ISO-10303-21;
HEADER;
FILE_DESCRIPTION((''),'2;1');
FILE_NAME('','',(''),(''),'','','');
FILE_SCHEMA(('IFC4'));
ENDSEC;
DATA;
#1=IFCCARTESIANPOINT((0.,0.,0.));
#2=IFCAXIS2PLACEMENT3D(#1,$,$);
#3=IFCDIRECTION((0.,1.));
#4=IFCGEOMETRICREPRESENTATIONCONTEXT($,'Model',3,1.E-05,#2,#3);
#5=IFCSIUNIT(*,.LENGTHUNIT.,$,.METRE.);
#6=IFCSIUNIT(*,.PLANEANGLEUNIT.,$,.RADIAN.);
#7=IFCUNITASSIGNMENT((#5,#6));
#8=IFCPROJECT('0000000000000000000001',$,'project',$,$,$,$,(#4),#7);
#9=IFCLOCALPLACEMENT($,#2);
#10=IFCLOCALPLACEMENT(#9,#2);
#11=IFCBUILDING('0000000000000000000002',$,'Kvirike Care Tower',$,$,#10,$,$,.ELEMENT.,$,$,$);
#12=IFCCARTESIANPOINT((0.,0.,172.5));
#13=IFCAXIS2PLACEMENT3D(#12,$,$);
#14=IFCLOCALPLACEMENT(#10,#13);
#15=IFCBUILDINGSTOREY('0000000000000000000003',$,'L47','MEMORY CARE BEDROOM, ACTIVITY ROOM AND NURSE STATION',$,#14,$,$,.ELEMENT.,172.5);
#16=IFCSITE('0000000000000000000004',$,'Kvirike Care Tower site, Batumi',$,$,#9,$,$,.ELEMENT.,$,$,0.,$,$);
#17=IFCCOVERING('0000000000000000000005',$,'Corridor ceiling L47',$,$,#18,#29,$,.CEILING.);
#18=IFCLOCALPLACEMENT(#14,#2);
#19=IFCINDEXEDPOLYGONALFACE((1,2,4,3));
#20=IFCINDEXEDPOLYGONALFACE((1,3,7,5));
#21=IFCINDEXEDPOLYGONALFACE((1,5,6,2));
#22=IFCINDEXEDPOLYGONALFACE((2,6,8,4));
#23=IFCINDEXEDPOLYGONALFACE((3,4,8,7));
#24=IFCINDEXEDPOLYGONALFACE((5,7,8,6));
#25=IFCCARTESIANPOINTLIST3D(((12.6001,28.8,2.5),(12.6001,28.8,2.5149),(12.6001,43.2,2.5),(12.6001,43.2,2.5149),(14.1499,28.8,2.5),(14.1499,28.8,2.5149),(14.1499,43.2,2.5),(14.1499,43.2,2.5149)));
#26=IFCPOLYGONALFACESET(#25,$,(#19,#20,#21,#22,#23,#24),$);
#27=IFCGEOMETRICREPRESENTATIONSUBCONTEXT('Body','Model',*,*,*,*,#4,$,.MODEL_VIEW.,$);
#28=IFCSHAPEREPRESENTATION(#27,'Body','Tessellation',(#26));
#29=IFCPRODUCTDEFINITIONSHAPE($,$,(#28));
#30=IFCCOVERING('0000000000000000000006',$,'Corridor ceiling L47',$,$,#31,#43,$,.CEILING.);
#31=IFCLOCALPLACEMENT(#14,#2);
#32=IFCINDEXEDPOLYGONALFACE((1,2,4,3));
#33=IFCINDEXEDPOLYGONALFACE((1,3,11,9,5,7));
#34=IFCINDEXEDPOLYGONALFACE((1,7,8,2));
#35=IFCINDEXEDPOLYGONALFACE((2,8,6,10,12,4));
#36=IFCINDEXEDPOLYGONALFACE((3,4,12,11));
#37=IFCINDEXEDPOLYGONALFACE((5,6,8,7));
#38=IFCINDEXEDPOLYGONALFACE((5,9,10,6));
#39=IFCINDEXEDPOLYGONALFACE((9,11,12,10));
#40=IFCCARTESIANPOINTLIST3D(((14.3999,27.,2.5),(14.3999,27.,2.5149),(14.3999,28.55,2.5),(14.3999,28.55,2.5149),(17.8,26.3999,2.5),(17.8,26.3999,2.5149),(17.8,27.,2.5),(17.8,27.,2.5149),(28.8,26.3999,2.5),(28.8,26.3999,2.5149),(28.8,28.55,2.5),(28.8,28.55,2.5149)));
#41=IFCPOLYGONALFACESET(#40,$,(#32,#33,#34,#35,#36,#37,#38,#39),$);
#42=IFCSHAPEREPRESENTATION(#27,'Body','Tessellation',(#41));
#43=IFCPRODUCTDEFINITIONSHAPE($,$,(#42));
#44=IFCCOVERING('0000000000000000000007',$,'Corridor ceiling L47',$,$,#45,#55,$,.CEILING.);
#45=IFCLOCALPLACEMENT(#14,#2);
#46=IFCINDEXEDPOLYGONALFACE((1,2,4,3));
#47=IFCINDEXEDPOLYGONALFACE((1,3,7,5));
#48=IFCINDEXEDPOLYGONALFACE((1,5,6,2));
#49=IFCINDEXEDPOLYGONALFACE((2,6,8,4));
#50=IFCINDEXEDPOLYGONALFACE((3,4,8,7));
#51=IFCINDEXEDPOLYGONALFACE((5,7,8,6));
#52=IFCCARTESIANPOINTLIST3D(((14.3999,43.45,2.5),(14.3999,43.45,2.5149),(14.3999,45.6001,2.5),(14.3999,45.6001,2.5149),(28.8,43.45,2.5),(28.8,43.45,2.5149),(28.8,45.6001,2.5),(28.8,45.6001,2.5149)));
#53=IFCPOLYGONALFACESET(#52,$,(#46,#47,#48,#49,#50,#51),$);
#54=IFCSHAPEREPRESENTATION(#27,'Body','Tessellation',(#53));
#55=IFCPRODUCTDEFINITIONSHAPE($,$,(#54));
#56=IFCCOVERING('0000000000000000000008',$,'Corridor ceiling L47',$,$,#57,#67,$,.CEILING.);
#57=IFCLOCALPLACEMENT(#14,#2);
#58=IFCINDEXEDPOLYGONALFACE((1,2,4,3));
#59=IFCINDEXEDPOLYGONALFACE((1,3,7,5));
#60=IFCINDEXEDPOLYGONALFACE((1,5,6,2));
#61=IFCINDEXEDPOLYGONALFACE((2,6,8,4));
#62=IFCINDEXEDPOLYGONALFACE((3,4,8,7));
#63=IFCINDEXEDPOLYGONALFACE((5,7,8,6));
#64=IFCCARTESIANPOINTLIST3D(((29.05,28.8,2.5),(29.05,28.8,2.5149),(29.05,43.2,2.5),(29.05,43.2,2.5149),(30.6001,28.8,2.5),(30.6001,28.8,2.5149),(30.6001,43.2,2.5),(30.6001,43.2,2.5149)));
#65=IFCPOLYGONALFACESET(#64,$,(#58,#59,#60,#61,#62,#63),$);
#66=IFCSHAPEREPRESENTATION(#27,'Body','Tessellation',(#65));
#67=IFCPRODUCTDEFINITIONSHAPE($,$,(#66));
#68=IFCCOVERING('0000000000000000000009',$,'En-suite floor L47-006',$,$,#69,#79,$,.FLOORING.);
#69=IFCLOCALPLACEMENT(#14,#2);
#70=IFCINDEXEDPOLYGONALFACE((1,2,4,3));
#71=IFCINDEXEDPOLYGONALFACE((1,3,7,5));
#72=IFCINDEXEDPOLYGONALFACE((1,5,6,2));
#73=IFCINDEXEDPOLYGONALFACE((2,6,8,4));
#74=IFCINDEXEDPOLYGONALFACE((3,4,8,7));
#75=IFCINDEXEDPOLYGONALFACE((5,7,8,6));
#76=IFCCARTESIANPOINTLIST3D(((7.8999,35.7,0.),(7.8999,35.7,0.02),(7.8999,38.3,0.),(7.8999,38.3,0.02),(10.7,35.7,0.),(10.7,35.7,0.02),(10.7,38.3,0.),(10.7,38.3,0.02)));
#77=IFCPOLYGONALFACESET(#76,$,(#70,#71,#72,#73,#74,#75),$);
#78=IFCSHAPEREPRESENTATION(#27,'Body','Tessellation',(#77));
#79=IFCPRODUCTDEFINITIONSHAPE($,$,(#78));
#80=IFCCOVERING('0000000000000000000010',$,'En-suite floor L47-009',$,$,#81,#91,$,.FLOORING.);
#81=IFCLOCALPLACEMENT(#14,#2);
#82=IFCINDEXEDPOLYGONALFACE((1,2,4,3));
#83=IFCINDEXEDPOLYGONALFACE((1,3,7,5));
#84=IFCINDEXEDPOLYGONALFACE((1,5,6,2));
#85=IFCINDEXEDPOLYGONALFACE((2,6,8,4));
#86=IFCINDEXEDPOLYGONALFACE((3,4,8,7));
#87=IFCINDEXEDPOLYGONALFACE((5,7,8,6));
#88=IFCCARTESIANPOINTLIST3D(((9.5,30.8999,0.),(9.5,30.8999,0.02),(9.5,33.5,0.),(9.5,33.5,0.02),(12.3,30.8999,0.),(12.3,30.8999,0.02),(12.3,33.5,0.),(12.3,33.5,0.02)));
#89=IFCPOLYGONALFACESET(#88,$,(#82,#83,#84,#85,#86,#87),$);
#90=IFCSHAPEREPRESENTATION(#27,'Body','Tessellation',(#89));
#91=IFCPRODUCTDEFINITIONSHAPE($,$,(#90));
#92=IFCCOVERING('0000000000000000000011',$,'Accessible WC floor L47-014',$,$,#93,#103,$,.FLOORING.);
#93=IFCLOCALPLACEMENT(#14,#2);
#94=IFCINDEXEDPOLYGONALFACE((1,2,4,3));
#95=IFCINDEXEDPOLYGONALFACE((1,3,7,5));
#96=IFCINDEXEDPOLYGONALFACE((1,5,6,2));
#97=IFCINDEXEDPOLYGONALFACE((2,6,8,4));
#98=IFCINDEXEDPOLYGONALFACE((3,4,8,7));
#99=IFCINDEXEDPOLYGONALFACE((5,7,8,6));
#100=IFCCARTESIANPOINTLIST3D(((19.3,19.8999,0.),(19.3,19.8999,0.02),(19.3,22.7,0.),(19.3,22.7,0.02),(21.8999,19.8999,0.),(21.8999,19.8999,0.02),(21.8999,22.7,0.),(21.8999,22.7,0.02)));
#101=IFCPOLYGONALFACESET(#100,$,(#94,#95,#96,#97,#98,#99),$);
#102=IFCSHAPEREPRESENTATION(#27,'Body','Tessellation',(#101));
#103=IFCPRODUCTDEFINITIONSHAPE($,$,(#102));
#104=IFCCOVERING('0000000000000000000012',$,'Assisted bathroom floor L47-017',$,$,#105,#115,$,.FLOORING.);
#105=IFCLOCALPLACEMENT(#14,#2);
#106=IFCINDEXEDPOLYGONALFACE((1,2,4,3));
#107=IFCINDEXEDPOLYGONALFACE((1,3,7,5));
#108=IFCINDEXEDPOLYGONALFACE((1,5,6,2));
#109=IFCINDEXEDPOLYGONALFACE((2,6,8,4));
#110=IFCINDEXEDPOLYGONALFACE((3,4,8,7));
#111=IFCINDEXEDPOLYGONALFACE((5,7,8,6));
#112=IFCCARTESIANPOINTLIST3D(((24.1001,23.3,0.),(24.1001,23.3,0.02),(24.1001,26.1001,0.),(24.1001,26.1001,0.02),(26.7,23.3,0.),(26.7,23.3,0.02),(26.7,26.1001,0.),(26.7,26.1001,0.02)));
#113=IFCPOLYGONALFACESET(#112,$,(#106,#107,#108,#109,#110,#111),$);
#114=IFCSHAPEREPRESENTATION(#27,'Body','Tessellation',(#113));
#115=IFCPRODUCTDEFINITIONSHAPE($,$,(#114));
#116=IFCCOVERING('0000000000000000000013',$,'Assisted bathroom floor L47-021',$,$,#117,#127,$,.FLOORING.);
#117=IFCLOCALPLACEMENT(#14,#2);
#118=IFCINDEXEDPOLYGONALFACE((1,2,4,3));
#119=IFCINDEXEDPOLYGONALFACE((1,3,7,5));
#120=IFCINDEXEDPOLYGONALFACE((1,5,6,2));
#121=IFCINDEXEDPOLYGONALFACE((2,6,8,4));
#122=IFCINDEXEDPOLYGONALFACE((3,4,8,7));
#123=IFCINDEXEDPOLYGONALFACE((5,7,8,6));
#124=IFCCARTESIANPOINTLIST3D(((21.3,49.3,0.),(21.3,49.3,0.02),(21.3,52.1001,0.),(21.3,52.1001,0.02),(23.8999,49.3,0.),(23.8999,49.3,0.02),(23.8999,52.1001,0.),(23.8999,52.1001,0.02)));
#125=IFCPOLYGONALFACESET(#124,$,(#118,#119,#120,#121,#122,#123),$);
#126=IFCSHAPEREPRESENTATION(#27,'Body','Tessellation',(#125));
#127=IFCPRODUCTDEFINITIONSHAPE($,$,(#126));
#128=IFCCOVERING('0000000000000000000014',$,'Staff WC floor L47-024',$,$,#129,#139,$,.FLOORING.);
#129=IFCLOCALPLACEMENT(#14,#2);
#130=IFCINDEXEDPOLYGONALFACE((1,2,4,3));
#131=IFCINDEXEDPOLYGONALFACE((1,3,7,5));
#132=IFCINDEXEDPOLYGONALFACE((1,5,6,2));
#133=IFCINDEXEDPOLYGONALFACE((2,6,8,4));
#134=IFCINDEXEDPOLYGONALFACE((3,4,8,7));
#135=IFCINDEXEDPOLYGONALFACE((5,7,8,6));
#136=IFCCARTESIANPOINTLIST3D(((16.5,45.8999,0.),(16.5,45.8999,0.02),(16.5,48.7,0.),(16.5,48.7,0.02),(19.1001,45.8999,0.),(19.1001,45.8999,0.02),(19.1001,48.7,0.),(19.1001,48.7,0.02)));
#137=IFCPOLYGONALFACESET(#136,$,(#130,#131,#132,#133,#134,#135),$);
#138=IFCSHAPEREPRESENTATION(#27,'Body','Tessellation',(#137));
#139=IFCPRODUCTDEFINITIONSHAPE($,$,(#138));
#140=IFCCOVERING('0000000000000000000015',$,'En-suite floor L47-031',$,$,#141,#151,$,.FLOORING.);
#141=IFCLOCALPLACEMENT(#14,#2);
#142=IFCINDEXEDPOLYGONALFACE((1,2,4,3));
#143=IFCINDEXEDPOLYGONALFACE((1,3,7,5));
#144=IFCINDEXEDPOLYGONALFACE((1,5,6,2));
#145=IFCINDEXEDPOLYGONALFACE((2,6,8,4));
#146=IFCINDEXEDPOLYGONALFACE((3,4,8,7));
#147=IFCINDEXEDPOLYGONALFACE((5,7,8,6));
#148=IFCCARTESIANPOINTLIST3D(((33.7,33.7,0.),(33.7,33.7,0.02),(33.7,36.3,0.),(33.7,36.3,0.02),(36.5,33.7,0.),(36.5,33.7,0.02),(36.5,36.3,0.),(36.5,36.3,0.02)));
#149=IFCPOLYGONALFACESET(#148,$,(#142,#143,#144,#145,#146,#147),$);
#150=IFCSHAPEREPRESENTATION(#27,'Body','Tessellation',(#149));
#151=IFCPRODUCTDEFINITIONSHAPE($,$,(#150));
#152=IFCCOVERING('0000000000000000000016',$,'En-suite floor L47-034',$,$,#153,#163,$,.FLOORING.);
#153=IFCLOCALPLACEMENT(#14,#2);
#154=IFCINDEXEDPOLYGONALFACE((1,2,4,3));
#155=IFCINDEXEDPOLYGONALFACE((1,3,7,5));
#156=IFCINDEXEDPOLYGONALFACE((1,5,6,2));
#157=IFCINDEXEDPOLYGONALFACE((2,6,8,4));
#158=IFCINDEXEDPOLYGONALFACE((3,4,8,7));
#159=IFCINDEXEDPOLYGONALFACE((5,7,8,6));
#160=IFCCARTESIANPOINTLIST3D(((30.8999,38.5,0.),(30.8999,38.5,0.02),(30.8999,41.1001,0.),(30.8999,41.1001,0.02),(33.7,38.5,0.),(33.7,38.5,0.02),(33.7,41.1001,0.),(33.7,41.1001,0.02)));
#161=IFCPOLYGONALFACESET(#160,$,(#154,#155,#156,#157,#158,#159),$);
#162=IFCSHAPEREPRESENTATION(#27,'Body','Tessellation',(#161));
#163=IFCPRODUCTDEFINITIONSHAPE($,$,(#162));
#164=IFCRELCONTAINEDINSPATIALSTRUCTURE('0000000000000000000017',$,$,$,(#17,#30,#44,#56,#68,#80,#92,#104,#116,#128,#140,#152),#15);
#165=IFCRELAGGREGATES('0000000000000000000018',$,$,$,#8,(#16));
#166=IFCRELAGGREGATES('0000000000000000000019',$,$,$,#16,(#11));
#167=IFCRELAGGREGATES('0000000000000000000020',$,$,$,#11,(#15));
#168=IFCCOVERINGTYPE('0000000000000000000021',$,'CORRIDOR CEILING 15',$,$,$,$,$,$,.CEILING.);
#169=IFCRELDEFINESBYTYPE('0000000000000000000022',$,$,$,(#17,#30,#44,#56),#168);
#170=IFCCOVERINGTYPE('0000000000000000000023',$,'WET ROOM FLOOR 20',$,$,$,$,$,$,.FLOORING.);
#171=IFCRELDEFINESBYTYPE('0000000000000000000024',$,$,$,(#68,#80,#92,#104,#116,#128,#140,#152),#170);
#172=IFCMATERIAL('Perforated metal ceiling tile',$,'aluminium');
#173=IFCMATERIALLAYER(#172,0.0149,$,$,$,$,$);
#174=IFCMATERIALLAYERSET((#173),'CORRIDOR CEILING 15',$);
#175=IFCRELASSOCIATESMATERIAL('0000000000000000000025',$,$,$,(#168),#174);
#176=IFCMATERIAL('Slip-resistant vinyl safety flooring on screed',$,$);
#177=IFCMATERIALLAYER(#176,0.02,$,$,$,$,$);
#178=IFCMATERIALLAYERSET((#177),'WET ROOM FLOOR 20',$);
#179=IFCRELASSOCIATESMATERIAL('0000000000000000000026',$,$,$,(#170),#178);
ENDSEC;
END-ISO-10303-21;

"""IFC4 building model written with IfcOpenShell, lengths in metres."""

from ifc_helpers import new_model, si_unit, direction, frame, origin, place, context, subcontext, project, spatial, polyline, outline, extrude, material, layer, layer_set, type_object, element, save


model = new_model("IFC4")

# Units and contexts
model_context = context("Model", 3, precision=1e-05, world=origin(), true_north=direction((0.0, 1.0)))
body_context = subcontext(model_context, "Body", "Model", "MODEL_VIEW")
ifc_project = project(units=[si_unit("LENGTHUNIT", "METRE"), si_unit("PLANEANGLEUNIT", "RADIAN")], contexts=[model_context])

# Site, building, storey
site_placement = place(None, origin())
site = spatial("IfcSite", under=ifc_project, at=site_placement, Name="Kvirike Care Tower site, Batumi", CompositionType="ELEMENT", RefElevation=0.0)
building_placement = place(site_placement, origin())
building = spatial("IfcBuilding", under=site, at=building_placement, Name="Kvirike Care Tower", CompositionType="ELEMENT")
storey_placement = place(building_placement, frame((0.0, 0.0, 172.5)))
storey = spatial("IfcBuildingStorey", under=building, at=storey_placement, Name="L47", Description="MEMORY CARE BEDROOM, ACTIVITY ROOM AND NURSE STATION", CompositionType="ELEMENT", Elevation=172.5)

# Coverings
ifc_material_1 = material(Name="Perforated metal ceiling tile", Category="aluminium")
ifc_layer_1 = layer(ifc_material_1, 0.0149)
ifc_layer_set_1 = layer_set([ifc_layer_1], Name="CORRIDOR CEILING 15")
covering_type_1 = type_object("IfcCoveringType", Name="CORRIDOR CEILING 15", PredefinedType="CEILING", material=ifc_layer_set_1)
covering_1_placement = place(storey_placement, frame((0.0, 0.0, 2.5)))
element("IfcCovering", 1, at=covering_1_placement, inside=storey, type_object=covering_type_1, Name="Corridor ceiling L47", PredefinedType="CEILING", context=body_context, shape_type="SweptSolid", body=[
    extrude(outline(polyline([(12.6001, 43.2), (14.1499, 43.2), (14.1499, 28.8), (12.6001, 28.8), (12.6001, 43.2)])), origin(), (0.0, 0.0, 1.0), 0.0149),
])
covering_2_placement = place(storey_placement, frame((0.0, 0.0, 2.5)))
element("IfcCovering", 2, at=covering_2_placement, inside=storey, type_object=covering_type_1, Name="Corridor ceiling L47", PredefinedType="CEILING", context=body_context, shape_type="SweptSolid", body=[
    extrude(outline(polyline([(14.3999, 28.55), (28.8, 28.55), (28.8, 26.3999), (17.8, 26.3999), (17.8, 27.0), (14.3999, 27.0), (14.3999, 28.55)])), origin(), (0.0, 0.0, 1.0), 0.0149),
])
covering_3_placement = place(storey_placement, frame((0.0, 0.0, 2.5)))
element("IfcCovering", 3, at=covering_3_placement, inside=storey, type_object=covering_type_1, Name="Corridor ceiling L47", PredefinedType="CEILING", context=body_context, shape_type="SweptSolid", body=[
    extrude(outline(polyline([(28.8, 45.6001), (28.8, 43.45), (14.3999, 43.45), (14.3999, 45.6001), (28.8, 45.6001)])), origin(), (0.0, 0.0, 1.0), 0.0149),
])
covering_4_placement = place(storey_placement, frame((0.0, 0.0, 2.5)))
element("IfcCovering", 4, at=covering_4_placement, inside=storey, type_object=covering_type_1, Name="Corridor ceiling L47", PredefinedType="CEILING", context=body_context, shape_type="SweptSolid", body=[
    extrude(outline(polyline([(30.6001, 28.8), (29.05, 28.8), (29.05, 43.2), (30.6001, 43.2), (30.6001, 28.8)])), origin(), (0.0, 0.0, 1.0), 0.0149),
])
ifc_material_2 = material(Name="Slip-resistant vinyl safety flooring on screed")
ifc_layer_2 = layer(ifc_material_2, 0.02)
ifc_layer_set_2 = layer_set([ifc_layer_2], Name="WET ROOM FLOOR 20")
covering_type_2 = type_object("IfcCoveringType", Name="WET ROOM FLOOR 20", PredefinedType="FLOORING", material=ifc_layer_set_2)
covering_5_placement = place(storey_placement, origin())
element("IfcCovering", 5, at=covering_5_placement, inside=storey, type_object=covering_type_2, Name="En-suite floor L47-006", PredefinedType="FLOORING", context=body_context, shape_type="SweptSolid", body=[
    extrude(outline(polyline([(7.8999, 38.3), (10.7, 38.3), (10.7, 35.7), (7.8999, 35.7), (7.8999, 38.3)])), origin(), (0.0, 0.0, 1.0), 0.02),
])
covering_6_placement = place(storey_placement, origin())
element("IfcCovering", 6, at=covering_6_placement, inside=storey, type_object=covering_type_2, Name="En-suite floor L47-009", PredefinedType="FLOORING", context=body_context, shape_type="SweptSolid", body=[
    extrude(outline(polyline([(9.5, 33.5), (12.3, 33.5), (12.3, 30.8999), (9.5, 30.8999), (9.5, 33.5)])), origin(), (0.0, 0.0, 1.0), 0.02),
])
covering_7_placement = place(storey_placement, origin())
element("IfcCovering", 7, at=covering_7_placement, inside=storey, type_object=covering_type_2, Name="Accessible WC floor L47-014", PredefinedType="FLOORING", context=body_context, shape_type="SweptSolid", body=[
    extrude(outline(polyline([(19.3, 19.8999), (19.3, 22.7), (21.8999, 22.7), (21.8999, 19.8999), (19.3, 19.8999)])), origin(), (0.0, 0.0, 1.0), 0.02),
])
covering_8_placement = place(storey_placement, origin())
element("IfcCovering", 8, at=covering_8_placement, inside=storey, type_object=covering_type_2, Name="Assisted bathroom floor L47-017", PredefinedType="FLOORING", context=body_context, shape_type="SweptSolid", body=[
    extrude(outline(polyline([(24.1001, 23.3), (24.1001, 26.1001), (26.7, 26.1001), (26.7, 23.3), (24.1001, 23.3)])), origin(), (0.0, 0.0, 1.0), 0.02),
])
covering_9_placement = place(storey_placement, origin())
element("IfcCovering", 9, at=covering_9_placement, inside=storey, type_object=covering_type_2, Name="Assisted bathroom floor L47-021", PredefinedType="FLOORING", context=body_context, shape_type="SweptSolid", body=[
    extrude(outline(polyline([(23.8999, 52.1001), (23.8999, 49.3), (21.3, 49.3), (21.3, 52.1001), (23.8999, 52.1001)])), origin(), (0.0, 0.0, 1.0), 0.02),
])
covering_10_placement = place(storey_placement, origin())
element("IfcCovering", 10, at=covering_10_placement, inside=storey, type_object=covering_type_2, Name="Staff WC floor L47-024", PredefinedType="FLOORING", context=body_context, shape_type="SweptSolid", body=[
    extrude(outline(polyline([(19.1001, 48.7), (19.1001, 45.8999), (16.5, 45.8999), (16.5, 48.7), (19.1001, 48.7)])), origin(), (0.0, 0.0, 1.0), 0.02),
])
covering_11_placement = place(storey_placement, origin())
element("IfcCovering", 11, at=covering_11_placement, inside=storey, type_object=covering_type_2, Name="En-suite floor L47-031", PredefinedType="FLOORING", context=body_context, shape_type="SweptSolid", body=[
    extrude(outline(polyline([(36.5, 33.7), (33.7, 33.7), (33.7, 36.3), (36.5, 36.3), (36.5, 33.7)])), origin(), (0.0, 0.0, 1.0), 0.02),
])
covering_12_placement = place(storey_placement, origin())
element("IfcCovering", 12, at=covering_12_placement, inside=storey, type_object=covering_type_2, Name="En-suite floor L47-034", PredefinedType="FLOORING", context=body_context, shape_type="SweptSolid", body=[
    extrude(outline(polyline([(33.7, 38.5), (30.8999, 38.5), (30.8999, 41.1001), (33.7, 41.1001), (33.7, 38.5)])), origin(), (0.0, 0.0, 1.0), 0.02),
])

save(model, "model.ifc")
